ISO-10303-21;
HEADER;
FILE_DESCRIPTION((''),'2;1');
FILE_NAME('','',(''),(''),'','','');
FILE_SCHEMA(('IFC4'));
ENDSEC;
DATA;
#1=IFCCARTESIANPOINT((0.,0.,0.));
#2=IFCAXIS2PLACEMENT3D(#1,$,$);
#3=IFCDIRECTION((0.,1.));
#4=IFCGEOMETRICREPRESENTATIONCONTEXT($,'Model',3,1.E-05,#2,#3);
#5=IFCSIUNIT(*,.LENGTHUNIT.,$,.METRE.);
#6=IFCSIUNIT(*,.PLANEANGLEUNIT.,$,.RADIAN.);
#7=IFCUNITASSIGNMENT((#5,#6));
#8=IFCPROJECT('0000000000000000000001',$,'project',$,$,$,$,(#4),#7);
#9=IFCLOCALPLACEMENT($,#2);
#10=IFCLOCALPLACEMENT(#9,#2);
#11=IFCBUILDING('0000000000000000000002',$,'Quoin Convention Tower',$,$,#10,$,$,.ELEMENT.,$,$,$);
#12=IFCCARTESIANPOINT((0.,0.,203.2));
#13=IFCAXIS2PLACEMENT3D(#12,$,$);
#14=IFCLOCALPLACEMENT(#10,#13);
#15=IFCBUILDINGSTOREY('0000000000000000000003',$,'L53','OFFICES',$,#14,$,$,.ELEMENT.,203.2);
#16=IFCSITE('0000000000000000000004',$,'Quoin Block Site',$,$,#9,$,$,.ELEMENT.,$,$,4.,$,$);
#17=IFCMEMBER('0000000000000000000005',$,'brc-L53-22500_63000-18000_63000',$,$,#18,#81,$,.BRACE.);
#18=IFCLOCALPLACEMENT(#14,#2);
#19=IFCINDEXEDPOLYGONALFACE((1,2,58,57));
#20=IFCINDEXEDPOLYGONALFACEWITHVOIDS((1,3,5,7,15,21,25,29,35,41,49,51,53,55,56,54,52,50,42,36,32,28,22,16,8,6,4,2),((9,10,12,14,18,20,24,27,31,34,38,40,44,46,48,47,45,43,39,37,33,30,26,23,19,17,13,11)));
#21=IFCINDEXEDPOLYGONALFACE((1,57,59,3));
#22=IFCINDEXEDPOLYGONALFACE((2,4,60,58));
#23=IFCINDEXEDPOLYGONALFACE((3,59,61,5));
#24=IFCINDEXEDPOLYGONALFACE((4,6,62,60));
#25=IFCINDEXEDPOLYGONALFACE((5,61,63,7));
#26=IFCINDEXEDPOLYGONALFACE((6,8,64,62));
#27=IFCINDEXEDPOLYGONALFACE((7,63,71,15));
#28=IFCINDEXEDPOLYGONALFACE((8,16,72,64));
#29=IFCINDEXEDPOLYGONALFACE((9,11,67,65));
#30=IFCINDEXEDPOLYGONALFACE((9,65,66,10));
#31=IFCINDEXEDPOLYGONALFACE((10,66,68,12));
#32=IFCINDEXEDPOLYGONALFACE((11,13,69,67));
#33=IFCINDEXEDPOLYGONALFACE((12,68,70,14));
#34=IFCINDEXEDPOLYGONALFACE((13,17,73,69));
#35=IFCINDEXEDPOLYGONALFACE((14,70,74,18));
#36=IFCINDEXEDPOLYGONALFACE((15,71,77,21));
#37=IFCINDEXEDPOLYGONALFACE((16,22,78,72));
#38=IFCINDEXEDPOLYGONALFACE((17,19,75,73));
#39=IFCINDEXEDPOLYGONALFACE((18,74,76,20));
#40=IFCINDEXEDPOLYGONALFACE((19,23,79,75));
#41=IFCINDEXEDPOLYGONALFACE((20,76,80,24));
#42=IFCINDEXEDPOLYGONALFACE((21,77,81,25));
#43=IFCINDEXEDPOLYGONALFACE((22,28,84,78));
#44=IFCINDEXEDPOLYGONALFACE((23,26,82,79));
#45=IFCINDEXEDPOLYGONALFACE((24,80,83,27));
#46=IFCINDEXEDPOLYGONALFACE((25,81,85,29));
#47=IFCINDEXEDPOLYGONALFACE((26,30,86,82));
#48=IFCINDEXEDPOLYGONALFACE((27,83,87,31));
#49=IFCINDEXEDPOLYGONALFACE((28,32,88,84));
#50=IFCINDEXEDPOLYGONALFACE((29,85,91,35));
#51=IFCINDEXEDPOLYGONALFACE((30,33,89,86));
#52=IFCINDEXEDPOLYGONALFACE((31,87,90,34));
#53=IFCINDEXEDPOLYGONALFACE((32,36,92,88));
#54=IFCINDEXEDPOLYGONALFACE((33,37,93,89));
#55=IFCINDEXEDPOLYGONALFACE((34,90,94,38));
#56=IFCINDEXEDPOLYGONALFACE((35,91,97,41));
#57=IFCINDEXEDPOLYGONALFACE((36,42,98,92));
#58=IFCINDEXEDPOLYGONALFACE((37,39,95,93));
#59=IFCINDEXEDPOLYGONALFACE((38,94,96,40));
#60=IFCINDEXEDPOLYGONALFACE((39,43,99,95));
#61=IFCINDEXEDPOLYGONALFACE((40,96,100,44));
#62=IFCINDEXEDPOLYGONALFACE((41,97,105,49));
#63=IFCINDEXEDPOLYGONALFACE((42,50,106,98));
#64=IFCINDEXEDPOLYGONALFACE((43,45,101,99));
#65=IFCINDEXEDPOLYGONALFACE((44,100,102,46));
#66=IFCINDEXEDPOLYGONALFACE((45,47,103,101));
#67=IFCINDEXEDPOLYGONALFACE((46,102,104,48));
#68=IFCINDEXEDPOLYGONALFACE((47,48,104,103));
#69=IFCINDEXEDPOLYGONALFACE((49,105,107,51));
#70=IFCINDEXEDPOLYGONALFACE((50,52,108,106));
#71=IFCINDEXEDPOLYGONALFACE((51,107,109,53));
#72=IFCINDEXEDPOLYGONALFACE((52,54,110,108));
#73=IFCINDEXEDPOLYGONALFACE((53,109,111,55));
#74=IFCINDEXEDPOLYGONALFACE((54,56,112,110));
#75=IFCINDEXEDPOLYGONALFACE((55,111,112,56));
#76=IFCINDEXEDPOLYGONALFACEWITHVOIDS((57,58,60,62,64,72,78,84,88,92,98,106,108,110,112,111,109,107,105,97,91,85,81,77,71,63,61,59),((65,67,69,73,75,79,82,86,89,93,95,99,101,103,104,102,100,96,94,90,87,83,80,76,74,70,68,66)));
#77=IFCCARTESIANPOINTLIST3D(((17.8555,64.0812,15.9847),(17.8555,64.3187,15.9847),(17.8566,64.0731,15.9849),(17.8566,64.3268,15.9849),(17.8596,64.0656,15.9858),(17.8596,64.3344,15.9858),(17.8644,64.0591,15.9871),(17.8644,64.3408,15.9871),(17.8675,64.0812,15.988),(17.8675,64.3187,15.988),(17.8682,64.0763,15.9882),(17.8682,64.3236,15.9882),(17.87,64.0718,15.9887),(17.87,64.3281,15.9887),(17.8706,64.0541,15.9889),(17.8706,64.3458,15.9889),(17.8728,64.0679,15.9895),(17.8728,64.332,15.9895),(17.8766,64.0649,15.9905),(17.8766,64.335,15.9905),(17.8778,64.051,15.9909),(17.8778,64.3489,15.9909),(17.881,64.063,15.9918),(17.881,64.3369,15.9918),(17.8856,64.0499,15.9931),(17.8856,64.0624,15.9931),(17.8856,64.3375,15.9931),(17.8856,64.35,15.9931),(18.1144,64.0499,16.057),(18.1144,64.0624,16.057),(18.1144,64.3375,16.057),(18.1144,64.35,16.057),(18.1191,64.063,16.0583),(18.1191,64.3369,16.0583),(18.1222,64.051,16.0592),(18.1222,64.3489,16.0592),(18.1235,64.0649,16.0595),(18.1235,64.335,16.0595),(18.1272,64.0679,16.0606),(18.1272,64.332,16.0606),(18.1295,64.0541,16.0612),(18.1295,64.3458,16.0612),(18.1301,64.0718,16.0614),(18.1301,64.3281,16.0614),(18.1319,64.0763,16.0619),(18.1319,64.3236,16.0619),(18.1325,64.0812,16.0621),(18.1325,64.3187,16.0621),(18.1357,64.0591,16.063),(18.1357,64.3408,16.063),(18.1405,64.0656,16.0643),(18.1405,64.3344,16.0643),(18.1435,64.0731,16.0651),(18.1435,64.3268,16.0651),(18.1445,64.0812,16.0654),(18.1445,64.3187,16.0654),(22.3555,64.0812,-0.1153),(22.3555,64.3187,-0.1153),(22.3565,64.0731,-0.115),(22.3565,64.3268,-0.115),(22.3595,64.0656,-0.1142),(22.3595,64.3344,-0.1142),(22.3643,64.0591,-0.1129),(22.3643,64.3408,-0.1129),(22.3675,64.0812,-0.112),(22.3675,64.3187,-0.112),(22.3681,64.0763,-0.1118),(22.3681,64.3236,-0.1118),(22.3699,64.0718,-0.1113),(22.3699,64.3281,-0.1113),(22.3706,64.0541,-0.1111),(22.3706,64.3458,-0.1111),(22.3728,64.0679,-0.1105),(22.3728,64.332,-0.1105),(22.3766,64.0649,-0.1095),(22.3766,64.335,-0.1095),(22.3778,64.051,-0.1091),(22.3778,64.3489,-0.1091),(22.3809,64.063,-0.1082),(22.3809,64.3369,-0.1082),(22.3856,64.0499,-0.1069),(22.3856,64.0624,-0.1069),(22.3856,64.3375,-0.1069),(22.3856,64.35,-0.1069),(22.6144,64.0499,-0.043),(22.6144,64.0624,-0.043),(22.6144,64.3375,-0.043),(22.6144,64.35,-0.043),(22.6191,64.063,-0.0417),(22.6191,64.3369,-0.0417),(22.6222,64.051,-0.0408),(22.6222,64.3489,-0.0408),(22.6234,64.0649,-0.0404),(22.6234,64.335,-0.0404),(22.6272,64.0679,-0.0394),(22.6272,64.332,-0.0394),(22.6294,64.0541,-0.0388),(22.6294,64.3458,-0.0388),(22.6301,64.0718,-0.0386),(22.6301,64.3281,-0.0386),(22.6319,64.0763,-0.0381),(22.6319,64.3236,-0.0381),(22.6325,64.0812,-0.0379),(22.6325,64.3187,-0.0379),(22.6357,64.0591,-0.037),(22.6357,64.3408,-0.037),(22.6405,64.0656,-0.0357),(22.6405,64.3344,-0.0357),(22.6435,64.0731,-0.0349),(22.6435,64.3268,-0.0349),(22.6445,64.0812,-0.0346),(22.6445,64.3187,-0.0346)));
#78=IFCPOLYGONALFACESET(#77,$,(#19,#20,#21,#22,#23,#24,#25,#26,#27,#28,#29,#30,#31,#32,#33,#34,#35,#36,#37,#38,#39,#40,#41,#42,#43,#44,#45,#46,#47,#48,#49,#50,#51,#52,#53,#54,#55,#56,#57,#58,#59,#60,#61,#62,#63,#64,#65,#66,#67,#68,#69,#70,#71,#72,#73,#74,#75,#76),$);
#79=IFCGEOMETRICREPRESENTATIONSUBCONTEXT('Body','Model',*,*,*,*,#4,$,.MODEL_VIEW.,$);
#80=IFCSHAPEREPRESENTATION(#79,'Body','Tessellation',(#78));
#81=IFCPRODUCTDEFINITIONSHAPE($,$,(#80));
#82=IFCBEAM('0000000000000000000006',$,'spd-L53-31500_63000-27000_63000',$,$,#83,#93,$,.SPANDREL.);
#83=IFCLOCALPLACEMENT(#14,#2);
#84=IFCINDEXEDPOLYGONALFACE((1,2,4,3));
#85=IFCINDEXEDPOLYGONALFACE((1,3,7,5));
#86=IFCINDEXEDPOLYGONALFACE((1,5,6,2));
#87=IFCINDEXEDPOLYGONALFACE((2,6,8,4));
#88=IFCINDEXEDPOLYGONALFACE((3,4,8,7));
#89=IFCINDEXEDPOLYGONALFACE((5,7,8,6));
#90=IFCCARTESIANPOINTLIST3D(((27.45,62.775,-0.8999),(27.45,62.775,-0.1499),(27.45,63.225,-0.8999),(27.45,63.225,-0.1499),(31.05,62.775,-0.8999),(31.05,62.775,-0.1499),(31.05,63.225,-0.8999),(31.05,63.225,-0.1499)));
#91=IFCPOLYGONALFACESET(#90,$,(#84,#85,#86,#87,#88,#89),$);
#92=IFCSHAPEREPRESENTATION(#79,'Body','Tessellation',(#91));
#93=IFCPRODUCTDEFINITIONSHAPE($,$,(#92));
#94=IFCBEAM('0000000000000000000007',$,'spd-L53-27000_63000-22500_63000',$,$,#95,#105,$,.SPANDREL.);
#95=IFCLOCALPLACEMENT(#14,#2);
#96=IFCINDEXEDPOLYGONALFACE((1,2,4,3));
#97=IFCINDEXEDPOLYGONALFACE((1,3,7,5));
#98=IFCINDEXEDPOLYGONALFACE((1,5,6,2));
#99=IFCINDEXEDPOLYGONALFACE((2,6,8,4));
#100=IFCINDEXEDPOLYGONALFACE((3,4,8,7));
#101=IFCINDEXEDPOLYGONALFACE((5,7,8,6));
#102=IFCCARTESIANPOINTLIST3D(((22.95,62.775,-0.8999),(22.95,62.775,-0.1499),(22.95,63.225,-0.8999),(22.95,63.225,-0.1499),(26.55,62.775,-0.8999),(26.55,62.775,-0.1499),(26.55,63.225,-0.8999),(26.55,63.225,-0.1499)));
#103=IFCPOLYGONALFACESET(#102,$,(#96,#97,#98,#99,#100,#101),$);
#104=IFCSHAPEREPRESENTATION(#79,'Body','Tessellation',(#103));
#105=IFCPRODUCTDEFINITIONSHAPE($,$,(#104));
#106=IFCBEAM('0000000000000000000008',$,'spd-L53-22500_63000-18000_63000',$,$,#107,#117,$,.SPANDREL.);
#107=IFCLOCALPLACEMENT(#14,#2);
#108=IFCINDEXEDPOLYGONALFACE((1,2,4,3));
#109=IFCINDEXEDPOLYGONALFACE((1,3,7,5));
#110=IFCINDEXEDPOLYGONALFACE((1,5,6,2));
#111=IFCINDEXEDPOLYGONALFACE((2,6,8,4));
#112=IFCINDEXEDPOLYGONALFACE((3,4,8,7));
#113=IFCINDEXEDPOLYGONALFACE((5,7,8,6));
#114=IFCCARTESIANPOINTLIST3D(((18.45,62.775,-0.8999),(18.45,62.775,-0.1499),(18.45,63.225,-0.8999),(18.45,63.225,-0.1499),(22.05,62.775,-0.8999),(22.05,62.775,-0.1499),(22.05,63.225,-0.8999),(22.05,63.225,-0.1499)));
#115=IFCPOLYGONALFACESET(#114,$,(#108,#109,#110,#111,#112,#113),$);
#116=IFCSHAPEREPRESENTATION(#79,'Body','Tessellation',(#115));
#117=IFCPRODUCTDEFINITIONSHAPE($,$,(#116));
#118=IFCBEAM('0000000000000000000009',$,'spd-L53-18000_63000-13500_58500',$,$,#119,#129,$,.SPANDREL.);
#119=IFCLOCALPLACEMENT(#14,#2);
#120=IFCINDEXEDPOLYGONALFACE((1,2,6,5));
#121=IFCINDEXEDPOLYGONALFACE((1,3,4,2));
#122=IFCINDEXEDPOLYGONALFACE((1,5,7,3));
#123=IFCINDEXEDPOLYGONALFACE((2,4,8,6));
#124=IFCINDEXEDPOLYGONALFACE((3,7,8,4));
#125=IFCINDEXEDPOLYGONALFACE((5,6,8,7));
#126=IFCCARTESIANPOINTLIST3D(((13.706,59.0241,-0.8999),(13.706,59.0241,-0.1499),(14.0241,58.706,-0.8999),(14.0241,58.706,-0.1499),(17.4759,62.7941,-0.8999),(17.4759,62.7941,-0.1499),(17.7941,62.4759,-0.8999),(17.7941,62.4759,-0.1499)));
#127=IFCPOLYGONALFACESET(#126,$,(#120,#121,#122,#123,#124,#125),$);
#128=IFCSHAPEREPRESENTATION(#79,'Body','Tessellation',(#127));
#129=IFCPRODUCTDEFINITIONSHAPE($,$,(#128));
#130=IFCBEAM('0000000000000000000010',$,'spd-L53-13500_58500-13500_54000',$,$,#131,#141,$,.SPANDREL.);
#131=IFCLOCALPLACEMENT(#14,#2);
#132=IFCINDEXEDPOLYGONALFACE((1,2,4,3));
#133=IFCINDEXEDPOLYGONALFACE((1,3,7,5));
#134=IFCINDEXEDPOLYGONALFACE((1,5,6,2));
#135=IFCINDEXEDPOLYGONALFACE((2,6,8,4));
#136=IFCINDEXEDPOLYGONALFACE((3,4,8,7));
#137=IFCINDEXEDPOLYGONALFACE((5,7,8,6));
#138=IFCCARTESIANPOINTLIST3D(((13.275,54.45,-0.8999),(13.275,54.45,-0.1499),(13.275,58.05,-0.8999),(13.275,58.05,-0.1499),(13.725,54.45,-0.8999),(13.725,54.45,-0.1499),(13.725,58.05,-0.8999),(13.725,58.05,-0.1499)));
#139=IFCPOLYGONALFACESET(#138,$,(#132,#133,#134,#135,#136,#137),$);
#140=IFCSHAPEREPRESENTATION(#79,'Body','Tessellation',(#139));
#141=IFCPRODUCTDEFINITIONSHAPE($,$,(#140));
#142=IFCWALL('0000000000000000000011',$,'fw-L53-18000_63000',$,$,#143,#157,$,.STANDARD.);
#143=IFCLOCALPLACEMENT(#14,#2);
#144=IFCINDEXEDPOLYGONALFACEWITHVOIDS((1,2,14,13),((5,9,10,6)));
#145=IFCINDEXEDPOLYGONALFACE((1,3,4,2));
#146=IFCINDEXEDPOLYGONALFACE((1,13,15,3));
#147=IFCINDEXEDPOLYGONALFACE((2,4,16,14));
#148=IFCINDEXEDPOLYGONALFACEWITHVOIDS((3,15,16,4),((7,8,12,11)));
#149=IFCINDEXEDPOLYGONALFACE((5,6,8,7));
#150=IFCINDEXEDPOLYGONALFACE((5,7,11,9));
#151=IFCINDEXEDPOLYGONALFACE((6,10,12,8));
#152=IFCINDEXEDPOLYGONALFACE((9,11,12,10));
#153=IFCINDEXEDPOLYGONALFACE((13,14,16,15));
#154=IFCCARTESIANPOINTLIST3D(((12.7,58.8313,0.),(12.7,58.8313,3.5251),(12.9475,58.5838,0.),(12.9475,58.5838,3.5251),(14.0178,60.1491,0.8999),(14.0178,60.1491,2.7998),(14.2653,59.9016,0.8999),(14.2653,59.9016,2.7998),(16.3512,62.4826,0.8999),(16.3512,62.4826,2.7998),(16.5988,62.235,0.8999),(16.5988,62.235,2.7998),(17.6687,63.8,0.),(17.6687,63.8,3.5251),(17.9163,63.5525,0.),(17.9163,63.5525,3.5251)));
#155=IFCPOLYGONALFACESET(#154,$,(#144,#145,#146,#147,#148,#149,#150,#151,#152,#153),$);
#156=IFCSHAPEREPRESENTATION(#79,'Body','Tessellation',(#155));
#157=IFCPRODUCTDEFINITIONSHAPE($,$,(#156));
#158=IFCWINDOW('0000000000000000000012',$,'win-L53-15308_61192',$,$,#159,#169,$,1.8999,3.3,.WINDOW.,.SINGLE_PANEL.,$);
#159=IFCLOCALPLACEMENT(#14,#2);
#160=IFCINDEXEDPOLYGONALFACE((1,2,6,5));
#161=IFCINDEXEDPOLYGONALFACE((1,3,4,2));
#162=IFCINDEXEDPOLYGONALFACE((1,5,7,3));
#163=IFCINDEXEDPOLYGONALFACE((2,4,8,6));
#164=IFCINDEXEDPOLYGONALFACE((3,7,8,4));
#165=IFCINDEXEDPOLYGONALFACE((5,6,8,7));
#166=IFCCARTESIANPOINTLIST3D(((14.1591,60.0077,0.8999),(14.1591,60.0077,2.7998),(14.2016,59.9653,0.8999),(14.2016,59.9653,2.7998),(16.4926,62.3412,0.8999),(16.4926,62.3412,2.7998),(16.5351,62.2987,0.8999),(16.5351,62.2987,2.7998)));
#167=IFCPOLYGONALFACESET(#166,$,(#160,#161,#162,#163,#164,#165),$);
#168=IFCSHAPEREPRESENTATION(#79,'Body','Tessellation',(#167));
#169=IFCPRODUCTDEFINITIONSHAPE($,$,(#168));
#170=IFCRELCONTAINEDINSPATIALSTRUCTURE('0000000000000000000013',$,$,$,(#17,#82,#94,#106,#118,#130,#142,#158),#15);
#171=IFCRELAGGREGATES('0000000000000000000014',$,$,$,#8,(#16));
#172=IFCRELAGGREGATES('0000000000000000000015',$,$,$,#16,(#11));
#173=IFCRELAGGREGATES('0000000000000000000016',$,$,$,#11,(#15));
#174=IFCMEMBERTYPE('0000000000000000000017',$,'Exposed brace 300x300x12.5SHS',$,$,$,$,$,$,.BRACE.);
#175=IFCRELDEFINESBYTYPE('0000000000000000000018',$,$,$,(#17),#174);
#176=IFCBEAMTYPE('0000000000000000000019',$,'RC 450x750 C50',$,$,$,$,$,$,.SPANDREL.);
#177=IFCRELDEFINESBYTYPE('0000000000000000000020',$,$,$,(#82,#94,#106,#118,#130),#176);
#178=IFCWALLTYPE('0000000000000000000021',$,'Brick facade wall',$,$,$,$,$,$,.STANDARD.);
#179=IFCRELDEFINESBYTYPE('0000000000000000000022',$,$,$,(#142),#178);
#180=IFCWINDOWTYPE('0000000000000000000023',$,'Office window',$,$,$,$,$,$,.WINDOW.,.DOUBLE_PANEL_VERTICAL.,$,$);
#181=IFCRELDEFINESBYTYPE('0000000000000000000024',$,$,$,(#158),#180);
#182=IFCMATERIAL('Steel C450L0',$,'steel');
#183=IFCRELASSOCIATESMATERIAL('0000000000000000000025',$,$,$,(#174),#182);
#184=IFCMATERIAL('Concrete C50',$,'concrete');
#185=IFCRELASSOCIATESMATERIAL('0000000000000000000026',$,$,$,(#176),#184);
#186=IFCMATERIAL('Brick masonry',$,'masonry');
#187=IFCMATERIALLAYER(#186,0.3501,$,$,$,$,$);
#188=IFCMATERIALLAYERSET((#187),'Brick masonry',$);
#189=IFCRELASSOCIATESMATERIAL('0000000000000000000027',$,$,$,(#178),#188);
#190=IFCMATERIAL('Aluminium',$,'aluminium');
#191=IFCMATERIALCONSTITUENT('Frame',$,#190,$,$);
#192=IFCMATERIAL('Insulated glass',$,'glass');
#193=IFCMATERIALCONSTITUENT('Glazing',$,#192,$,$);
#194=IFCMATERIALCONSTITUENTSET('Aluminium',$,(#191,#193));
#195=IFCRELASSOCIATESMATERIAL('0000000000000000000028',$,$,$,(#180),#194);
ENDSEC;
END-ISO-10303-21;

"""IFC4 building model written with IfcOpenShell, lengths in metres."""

from ifc_helpers import new_model, si_unit, direction, frame, frame_2d, origin, origin_2d, place, context, subcontext, project, spatial, rectangle, hollow_rectangle, extrude, material, layer, layer_set, constituent, constituent_set, material_profile, profile_set, type_object, element, fill, save


model = new_model("IFC4")

# Units and contexts
model_context = context("Model", 3, precision=1e-05, world=origin(), true_north=direction((0.0, 1.0)))
body_context = subcontext(model_context, "Body", "Model", "MODEL_VIEW")
ifc_project = project(units=[si_unit("LENGTHUNIT", "METRE"), si_unit("PLANEANGLEUNIT", "RADIAN")], contexts=[model_context])

# Site, building, storey
site_placement = place(None, origin())
site = spatial("IfcSite", under=ifc_project, at=site_placement, Name="Quoin Block Site", CompositionType="ELEMENT", RefElevation=4.0)
building_placement = place(site_placement, origin())
building = spatial("IfcBuilding", under=site, at=building_placement, Name="Quoin Convention Tower", CompositionType="ELEMENT")
storey_placement = place(building_placement, frame((0.0, 0.0, 203.2)))
storey = spatial("IfcBuildingStorey", under=building, at=storey_placement, Name="L53", Description="OFFICES", CompositionType="ELEMENT", Elevation=203.2)

# Shared definitions
ifc_material_1 = material(Name="Concrete C50", Category="concrete")

# Member
ifc_material_2 = material(Name="Steel C450L0", Category="steel")
ifc_material_profile_1 = material_profile(ifc_material_2, hollow_rectangle(XDim=0.3, YDim=0.3, WallThickness=0.0125, InnerFilletRadius=0.0188, OuterFilletRadius=0.0312, at=origin_2d()), Name="300x300x12.5SHS")
ifc_profile_set_1 = profile_set([ifc_material_profile_1], Name="Steel C450L0")
member_type = type_object("IfcMemberType", Name="Exposed brace 300x300x12.5SHS", PredefinedType="BRACE", material=ifc_profile_set_1)
for number, where, z_axis, x_axis, name in (
    (1, (22.5, 64.2, -0.075), (-0.269185, 0.0, 0.963089), (0.0, -1.0, 0.0), "brc-L53-22500_63000-18000_63000"),
):
    element("IfcMember", number, at=place(storey_placement, frame(where, z_axis=z_axis, x_axis=x_axis)), inside=storey, type_object=member_type, Name=name, PredefinedType="BRACE", context=body_context, shape_type="SweptSolid", body=[
        extrude(hollow_rectangle(XDim=0.3, YDim=0.3, WallThickness=0.0125, InnerFilletRadius=0.0188, OuterFilletRadius=0.0312, at=origin_2d()), origin(), (0.0, 0.0, 1.0), 16.717),
    ])

# Beams
ifc_material_profile_2 = material_profile(ifc_material_1, rectangle(XDim=0.45, YDim=0.75, at=origin_2d()), Name="RC 450x750")
ifc_profile_set_2 = profile_set([ifc_material_profile_2], Name="Concrete C50")
beam_type_1 = type_object("IfcBeamType", Name="RC 450x750 C50", PredefinedType="SPANDREL", material=ifc_profile_set_2)
for number, where, z_axis, x_axis, name in (
    (2, (31.05, 63.0, -0.5249), (-1.0, 0.0, 0.0), (0.0, -1.0, 0.0), "spd-L53-31500_63000-27000_63000"),
    (3, (26.55, 63.0, -0.5249), (-1.0, 0.0, 0.0), (0.0, -1.0, 0.0), "spd-L53-27000_63000-22500_63000"),
    (4, (22.05, 63.0, -0.5249), (-1.0, 0.0, 0.0), (0.0, -1.0, 0.0), "spd-L53-22500_63000-18000_63000"),
):
    element("IfcBeam", number, at=place(storey_placement, frame(where, z_axis=z_axis, x_axis=x_axis)), inside=storey, type_object=beam_type_1, Name=name, PredefinedType="SPANDREL", context=body_context, shape_type="SweptSolid", body=[
        extrude(rectangle(XDim=0.45, YDim=0.75, at=origin_2d()), origin(), (0.0, 0.0, 1.0), 3.6001),
    ])
beam_1_placement = place(storey_placement, frame((17.635, 62.635, -0.5249), z_axis=(-0.707107, -0.707107, 0.0), x_axis=(0.707107, -0.707107, 0.0)))
element("IfcBeam", 5, at=beam_1_placement, inside=storey, type_object=beam_type_1, Name="spd-L53-18000_63000-13500_58500", PredefinedType="SPANDREL", context=body_context, shape_type="SweptSolid", body=[
    extrude(rectangle(XDim=0.45, YDim=0.75, at=origin_2d()), origin(), (0.0, 0.0, 1.0), 5.3315),
])
beam_2_placement = place(storey_placement, frame((13.5, 58.05, -0.5249), z_axis=(0.0, -1.0, 0.0), x_axis=(1.0, 0.0, 0.0)))
element("IfcBeam", 6, at=beam_2_placement, inside=storey, type_object=beam_type_1, Name="spd-L53-13500_58500-13500_54000", PredefinedType="SPANDREL", context=body_context, shape_type="SweptSolid", body=[
    extrude(rectangle(XDim=0.45, YDim=0.75, at=origin_2d()), origin(), (0.0, 0.0, 1.0), 3.6001),
])

# Wall, opening, window
ifc_material_3 = material(Name="Brick masonry", Category="masonry")
ifc_layer_1 = layer(ifc_material_3, 0.3501)
ifc_layer_set_1 = layer_set([ifc_layer_1], Name="Brick masonry")
wall_type_1 = type_object("IfcWallType", Name="Brick facade wall", PredefinedType="STANDARD", material=ifc_layer_set_1)
wall_1_placement = place(storey_placement, frame((17.7925, 63.6763, 0.0), z_axis=(0.0, 0.0, 1.0), x_axis=(-0.707107, -0.707107, 0.0)))
wall_1 = element("IfcWall", 7, at=wall_1_placement, inside=storey, type_object=wall_type_1, Name="fw-L53-18000_63000", PredefinedType="STANDARD", context=body_context, shape_type="SweptSolid", body=[
    extrude(rectangle(XDim=7.0269, YDim=0.3501, at=frame_2d((3.5134, 0.0))), origin(), (0.0, 0.0, 1.0), 3.5251),
])
opening_1_placement = place(wall_1_placement, frame((1.8633, 0.0, 0.8999)))
opening_1 = element("IfcOpeningElement", 8, at=opening_1_placement, cuts=wall_1, PredefinedType="OPENING", context=body_context, shape_type="SweptSolid", body=[
    extrude(rectangle(XDim=3.3, YDim=1.8999, at=frame_2d((1.6499, 0.95))), frame((0.0, 0.1851, 0.0), z_axis=(0.0, -1.0, 0.0), x_axis=(1.0, 0.0, 0.0)), (0.0, 0.0, 1.0), 0.3701),
])
ifc_material_4 = material(Name="Aluminium", Category="aluminium")
ifc_constituent_1 = constituent(ifc_material_4, Name="Frame")
ifc_material_5 = material(Name="Insulated glass", Category="glass")
ifc_constituent_2 = constituent(ifc_material_5, Name="Glazing")
ifc_constituent_set = constituent_set(constituents=[ifc_constituent_1, ifc_constituent_2], Name="Aluminium")
window_type = type_object("IfcWindowType", Name="Office window", PartitioningType="DOUBLE_PANEL_VERTICAL", PredefinedType="WINDOW", material=ifc_constituent_set)
window_1_placement = place(opening_1_placement, origin())
window_1 = element("IfcWindow", 9, at=window_1_placement, inside=storey, type_object=window_type, Name="win-L53-15308_61192", OverallHeight=1.8999, OverallWidth=3.3, PartitioningType="SINGLE_PANEL", PredefinedType="WINDOW", context=body_context, shape_type="SweptSolid", body=[
    extrude(rectangle(XDim=3.3, YDim=1.8999, at=frame_2d((1.6499, 0.95))), frame((0.0, 0.085, 0.0), z_axis=(0.0, -1.0, 0.0), x_axis=(1.0, 0.0, 0.0)), (0.0, 0.0, 1.0), 0.0601),
])
fill(opening_1, window_1)

save(model, "model.ifc")
